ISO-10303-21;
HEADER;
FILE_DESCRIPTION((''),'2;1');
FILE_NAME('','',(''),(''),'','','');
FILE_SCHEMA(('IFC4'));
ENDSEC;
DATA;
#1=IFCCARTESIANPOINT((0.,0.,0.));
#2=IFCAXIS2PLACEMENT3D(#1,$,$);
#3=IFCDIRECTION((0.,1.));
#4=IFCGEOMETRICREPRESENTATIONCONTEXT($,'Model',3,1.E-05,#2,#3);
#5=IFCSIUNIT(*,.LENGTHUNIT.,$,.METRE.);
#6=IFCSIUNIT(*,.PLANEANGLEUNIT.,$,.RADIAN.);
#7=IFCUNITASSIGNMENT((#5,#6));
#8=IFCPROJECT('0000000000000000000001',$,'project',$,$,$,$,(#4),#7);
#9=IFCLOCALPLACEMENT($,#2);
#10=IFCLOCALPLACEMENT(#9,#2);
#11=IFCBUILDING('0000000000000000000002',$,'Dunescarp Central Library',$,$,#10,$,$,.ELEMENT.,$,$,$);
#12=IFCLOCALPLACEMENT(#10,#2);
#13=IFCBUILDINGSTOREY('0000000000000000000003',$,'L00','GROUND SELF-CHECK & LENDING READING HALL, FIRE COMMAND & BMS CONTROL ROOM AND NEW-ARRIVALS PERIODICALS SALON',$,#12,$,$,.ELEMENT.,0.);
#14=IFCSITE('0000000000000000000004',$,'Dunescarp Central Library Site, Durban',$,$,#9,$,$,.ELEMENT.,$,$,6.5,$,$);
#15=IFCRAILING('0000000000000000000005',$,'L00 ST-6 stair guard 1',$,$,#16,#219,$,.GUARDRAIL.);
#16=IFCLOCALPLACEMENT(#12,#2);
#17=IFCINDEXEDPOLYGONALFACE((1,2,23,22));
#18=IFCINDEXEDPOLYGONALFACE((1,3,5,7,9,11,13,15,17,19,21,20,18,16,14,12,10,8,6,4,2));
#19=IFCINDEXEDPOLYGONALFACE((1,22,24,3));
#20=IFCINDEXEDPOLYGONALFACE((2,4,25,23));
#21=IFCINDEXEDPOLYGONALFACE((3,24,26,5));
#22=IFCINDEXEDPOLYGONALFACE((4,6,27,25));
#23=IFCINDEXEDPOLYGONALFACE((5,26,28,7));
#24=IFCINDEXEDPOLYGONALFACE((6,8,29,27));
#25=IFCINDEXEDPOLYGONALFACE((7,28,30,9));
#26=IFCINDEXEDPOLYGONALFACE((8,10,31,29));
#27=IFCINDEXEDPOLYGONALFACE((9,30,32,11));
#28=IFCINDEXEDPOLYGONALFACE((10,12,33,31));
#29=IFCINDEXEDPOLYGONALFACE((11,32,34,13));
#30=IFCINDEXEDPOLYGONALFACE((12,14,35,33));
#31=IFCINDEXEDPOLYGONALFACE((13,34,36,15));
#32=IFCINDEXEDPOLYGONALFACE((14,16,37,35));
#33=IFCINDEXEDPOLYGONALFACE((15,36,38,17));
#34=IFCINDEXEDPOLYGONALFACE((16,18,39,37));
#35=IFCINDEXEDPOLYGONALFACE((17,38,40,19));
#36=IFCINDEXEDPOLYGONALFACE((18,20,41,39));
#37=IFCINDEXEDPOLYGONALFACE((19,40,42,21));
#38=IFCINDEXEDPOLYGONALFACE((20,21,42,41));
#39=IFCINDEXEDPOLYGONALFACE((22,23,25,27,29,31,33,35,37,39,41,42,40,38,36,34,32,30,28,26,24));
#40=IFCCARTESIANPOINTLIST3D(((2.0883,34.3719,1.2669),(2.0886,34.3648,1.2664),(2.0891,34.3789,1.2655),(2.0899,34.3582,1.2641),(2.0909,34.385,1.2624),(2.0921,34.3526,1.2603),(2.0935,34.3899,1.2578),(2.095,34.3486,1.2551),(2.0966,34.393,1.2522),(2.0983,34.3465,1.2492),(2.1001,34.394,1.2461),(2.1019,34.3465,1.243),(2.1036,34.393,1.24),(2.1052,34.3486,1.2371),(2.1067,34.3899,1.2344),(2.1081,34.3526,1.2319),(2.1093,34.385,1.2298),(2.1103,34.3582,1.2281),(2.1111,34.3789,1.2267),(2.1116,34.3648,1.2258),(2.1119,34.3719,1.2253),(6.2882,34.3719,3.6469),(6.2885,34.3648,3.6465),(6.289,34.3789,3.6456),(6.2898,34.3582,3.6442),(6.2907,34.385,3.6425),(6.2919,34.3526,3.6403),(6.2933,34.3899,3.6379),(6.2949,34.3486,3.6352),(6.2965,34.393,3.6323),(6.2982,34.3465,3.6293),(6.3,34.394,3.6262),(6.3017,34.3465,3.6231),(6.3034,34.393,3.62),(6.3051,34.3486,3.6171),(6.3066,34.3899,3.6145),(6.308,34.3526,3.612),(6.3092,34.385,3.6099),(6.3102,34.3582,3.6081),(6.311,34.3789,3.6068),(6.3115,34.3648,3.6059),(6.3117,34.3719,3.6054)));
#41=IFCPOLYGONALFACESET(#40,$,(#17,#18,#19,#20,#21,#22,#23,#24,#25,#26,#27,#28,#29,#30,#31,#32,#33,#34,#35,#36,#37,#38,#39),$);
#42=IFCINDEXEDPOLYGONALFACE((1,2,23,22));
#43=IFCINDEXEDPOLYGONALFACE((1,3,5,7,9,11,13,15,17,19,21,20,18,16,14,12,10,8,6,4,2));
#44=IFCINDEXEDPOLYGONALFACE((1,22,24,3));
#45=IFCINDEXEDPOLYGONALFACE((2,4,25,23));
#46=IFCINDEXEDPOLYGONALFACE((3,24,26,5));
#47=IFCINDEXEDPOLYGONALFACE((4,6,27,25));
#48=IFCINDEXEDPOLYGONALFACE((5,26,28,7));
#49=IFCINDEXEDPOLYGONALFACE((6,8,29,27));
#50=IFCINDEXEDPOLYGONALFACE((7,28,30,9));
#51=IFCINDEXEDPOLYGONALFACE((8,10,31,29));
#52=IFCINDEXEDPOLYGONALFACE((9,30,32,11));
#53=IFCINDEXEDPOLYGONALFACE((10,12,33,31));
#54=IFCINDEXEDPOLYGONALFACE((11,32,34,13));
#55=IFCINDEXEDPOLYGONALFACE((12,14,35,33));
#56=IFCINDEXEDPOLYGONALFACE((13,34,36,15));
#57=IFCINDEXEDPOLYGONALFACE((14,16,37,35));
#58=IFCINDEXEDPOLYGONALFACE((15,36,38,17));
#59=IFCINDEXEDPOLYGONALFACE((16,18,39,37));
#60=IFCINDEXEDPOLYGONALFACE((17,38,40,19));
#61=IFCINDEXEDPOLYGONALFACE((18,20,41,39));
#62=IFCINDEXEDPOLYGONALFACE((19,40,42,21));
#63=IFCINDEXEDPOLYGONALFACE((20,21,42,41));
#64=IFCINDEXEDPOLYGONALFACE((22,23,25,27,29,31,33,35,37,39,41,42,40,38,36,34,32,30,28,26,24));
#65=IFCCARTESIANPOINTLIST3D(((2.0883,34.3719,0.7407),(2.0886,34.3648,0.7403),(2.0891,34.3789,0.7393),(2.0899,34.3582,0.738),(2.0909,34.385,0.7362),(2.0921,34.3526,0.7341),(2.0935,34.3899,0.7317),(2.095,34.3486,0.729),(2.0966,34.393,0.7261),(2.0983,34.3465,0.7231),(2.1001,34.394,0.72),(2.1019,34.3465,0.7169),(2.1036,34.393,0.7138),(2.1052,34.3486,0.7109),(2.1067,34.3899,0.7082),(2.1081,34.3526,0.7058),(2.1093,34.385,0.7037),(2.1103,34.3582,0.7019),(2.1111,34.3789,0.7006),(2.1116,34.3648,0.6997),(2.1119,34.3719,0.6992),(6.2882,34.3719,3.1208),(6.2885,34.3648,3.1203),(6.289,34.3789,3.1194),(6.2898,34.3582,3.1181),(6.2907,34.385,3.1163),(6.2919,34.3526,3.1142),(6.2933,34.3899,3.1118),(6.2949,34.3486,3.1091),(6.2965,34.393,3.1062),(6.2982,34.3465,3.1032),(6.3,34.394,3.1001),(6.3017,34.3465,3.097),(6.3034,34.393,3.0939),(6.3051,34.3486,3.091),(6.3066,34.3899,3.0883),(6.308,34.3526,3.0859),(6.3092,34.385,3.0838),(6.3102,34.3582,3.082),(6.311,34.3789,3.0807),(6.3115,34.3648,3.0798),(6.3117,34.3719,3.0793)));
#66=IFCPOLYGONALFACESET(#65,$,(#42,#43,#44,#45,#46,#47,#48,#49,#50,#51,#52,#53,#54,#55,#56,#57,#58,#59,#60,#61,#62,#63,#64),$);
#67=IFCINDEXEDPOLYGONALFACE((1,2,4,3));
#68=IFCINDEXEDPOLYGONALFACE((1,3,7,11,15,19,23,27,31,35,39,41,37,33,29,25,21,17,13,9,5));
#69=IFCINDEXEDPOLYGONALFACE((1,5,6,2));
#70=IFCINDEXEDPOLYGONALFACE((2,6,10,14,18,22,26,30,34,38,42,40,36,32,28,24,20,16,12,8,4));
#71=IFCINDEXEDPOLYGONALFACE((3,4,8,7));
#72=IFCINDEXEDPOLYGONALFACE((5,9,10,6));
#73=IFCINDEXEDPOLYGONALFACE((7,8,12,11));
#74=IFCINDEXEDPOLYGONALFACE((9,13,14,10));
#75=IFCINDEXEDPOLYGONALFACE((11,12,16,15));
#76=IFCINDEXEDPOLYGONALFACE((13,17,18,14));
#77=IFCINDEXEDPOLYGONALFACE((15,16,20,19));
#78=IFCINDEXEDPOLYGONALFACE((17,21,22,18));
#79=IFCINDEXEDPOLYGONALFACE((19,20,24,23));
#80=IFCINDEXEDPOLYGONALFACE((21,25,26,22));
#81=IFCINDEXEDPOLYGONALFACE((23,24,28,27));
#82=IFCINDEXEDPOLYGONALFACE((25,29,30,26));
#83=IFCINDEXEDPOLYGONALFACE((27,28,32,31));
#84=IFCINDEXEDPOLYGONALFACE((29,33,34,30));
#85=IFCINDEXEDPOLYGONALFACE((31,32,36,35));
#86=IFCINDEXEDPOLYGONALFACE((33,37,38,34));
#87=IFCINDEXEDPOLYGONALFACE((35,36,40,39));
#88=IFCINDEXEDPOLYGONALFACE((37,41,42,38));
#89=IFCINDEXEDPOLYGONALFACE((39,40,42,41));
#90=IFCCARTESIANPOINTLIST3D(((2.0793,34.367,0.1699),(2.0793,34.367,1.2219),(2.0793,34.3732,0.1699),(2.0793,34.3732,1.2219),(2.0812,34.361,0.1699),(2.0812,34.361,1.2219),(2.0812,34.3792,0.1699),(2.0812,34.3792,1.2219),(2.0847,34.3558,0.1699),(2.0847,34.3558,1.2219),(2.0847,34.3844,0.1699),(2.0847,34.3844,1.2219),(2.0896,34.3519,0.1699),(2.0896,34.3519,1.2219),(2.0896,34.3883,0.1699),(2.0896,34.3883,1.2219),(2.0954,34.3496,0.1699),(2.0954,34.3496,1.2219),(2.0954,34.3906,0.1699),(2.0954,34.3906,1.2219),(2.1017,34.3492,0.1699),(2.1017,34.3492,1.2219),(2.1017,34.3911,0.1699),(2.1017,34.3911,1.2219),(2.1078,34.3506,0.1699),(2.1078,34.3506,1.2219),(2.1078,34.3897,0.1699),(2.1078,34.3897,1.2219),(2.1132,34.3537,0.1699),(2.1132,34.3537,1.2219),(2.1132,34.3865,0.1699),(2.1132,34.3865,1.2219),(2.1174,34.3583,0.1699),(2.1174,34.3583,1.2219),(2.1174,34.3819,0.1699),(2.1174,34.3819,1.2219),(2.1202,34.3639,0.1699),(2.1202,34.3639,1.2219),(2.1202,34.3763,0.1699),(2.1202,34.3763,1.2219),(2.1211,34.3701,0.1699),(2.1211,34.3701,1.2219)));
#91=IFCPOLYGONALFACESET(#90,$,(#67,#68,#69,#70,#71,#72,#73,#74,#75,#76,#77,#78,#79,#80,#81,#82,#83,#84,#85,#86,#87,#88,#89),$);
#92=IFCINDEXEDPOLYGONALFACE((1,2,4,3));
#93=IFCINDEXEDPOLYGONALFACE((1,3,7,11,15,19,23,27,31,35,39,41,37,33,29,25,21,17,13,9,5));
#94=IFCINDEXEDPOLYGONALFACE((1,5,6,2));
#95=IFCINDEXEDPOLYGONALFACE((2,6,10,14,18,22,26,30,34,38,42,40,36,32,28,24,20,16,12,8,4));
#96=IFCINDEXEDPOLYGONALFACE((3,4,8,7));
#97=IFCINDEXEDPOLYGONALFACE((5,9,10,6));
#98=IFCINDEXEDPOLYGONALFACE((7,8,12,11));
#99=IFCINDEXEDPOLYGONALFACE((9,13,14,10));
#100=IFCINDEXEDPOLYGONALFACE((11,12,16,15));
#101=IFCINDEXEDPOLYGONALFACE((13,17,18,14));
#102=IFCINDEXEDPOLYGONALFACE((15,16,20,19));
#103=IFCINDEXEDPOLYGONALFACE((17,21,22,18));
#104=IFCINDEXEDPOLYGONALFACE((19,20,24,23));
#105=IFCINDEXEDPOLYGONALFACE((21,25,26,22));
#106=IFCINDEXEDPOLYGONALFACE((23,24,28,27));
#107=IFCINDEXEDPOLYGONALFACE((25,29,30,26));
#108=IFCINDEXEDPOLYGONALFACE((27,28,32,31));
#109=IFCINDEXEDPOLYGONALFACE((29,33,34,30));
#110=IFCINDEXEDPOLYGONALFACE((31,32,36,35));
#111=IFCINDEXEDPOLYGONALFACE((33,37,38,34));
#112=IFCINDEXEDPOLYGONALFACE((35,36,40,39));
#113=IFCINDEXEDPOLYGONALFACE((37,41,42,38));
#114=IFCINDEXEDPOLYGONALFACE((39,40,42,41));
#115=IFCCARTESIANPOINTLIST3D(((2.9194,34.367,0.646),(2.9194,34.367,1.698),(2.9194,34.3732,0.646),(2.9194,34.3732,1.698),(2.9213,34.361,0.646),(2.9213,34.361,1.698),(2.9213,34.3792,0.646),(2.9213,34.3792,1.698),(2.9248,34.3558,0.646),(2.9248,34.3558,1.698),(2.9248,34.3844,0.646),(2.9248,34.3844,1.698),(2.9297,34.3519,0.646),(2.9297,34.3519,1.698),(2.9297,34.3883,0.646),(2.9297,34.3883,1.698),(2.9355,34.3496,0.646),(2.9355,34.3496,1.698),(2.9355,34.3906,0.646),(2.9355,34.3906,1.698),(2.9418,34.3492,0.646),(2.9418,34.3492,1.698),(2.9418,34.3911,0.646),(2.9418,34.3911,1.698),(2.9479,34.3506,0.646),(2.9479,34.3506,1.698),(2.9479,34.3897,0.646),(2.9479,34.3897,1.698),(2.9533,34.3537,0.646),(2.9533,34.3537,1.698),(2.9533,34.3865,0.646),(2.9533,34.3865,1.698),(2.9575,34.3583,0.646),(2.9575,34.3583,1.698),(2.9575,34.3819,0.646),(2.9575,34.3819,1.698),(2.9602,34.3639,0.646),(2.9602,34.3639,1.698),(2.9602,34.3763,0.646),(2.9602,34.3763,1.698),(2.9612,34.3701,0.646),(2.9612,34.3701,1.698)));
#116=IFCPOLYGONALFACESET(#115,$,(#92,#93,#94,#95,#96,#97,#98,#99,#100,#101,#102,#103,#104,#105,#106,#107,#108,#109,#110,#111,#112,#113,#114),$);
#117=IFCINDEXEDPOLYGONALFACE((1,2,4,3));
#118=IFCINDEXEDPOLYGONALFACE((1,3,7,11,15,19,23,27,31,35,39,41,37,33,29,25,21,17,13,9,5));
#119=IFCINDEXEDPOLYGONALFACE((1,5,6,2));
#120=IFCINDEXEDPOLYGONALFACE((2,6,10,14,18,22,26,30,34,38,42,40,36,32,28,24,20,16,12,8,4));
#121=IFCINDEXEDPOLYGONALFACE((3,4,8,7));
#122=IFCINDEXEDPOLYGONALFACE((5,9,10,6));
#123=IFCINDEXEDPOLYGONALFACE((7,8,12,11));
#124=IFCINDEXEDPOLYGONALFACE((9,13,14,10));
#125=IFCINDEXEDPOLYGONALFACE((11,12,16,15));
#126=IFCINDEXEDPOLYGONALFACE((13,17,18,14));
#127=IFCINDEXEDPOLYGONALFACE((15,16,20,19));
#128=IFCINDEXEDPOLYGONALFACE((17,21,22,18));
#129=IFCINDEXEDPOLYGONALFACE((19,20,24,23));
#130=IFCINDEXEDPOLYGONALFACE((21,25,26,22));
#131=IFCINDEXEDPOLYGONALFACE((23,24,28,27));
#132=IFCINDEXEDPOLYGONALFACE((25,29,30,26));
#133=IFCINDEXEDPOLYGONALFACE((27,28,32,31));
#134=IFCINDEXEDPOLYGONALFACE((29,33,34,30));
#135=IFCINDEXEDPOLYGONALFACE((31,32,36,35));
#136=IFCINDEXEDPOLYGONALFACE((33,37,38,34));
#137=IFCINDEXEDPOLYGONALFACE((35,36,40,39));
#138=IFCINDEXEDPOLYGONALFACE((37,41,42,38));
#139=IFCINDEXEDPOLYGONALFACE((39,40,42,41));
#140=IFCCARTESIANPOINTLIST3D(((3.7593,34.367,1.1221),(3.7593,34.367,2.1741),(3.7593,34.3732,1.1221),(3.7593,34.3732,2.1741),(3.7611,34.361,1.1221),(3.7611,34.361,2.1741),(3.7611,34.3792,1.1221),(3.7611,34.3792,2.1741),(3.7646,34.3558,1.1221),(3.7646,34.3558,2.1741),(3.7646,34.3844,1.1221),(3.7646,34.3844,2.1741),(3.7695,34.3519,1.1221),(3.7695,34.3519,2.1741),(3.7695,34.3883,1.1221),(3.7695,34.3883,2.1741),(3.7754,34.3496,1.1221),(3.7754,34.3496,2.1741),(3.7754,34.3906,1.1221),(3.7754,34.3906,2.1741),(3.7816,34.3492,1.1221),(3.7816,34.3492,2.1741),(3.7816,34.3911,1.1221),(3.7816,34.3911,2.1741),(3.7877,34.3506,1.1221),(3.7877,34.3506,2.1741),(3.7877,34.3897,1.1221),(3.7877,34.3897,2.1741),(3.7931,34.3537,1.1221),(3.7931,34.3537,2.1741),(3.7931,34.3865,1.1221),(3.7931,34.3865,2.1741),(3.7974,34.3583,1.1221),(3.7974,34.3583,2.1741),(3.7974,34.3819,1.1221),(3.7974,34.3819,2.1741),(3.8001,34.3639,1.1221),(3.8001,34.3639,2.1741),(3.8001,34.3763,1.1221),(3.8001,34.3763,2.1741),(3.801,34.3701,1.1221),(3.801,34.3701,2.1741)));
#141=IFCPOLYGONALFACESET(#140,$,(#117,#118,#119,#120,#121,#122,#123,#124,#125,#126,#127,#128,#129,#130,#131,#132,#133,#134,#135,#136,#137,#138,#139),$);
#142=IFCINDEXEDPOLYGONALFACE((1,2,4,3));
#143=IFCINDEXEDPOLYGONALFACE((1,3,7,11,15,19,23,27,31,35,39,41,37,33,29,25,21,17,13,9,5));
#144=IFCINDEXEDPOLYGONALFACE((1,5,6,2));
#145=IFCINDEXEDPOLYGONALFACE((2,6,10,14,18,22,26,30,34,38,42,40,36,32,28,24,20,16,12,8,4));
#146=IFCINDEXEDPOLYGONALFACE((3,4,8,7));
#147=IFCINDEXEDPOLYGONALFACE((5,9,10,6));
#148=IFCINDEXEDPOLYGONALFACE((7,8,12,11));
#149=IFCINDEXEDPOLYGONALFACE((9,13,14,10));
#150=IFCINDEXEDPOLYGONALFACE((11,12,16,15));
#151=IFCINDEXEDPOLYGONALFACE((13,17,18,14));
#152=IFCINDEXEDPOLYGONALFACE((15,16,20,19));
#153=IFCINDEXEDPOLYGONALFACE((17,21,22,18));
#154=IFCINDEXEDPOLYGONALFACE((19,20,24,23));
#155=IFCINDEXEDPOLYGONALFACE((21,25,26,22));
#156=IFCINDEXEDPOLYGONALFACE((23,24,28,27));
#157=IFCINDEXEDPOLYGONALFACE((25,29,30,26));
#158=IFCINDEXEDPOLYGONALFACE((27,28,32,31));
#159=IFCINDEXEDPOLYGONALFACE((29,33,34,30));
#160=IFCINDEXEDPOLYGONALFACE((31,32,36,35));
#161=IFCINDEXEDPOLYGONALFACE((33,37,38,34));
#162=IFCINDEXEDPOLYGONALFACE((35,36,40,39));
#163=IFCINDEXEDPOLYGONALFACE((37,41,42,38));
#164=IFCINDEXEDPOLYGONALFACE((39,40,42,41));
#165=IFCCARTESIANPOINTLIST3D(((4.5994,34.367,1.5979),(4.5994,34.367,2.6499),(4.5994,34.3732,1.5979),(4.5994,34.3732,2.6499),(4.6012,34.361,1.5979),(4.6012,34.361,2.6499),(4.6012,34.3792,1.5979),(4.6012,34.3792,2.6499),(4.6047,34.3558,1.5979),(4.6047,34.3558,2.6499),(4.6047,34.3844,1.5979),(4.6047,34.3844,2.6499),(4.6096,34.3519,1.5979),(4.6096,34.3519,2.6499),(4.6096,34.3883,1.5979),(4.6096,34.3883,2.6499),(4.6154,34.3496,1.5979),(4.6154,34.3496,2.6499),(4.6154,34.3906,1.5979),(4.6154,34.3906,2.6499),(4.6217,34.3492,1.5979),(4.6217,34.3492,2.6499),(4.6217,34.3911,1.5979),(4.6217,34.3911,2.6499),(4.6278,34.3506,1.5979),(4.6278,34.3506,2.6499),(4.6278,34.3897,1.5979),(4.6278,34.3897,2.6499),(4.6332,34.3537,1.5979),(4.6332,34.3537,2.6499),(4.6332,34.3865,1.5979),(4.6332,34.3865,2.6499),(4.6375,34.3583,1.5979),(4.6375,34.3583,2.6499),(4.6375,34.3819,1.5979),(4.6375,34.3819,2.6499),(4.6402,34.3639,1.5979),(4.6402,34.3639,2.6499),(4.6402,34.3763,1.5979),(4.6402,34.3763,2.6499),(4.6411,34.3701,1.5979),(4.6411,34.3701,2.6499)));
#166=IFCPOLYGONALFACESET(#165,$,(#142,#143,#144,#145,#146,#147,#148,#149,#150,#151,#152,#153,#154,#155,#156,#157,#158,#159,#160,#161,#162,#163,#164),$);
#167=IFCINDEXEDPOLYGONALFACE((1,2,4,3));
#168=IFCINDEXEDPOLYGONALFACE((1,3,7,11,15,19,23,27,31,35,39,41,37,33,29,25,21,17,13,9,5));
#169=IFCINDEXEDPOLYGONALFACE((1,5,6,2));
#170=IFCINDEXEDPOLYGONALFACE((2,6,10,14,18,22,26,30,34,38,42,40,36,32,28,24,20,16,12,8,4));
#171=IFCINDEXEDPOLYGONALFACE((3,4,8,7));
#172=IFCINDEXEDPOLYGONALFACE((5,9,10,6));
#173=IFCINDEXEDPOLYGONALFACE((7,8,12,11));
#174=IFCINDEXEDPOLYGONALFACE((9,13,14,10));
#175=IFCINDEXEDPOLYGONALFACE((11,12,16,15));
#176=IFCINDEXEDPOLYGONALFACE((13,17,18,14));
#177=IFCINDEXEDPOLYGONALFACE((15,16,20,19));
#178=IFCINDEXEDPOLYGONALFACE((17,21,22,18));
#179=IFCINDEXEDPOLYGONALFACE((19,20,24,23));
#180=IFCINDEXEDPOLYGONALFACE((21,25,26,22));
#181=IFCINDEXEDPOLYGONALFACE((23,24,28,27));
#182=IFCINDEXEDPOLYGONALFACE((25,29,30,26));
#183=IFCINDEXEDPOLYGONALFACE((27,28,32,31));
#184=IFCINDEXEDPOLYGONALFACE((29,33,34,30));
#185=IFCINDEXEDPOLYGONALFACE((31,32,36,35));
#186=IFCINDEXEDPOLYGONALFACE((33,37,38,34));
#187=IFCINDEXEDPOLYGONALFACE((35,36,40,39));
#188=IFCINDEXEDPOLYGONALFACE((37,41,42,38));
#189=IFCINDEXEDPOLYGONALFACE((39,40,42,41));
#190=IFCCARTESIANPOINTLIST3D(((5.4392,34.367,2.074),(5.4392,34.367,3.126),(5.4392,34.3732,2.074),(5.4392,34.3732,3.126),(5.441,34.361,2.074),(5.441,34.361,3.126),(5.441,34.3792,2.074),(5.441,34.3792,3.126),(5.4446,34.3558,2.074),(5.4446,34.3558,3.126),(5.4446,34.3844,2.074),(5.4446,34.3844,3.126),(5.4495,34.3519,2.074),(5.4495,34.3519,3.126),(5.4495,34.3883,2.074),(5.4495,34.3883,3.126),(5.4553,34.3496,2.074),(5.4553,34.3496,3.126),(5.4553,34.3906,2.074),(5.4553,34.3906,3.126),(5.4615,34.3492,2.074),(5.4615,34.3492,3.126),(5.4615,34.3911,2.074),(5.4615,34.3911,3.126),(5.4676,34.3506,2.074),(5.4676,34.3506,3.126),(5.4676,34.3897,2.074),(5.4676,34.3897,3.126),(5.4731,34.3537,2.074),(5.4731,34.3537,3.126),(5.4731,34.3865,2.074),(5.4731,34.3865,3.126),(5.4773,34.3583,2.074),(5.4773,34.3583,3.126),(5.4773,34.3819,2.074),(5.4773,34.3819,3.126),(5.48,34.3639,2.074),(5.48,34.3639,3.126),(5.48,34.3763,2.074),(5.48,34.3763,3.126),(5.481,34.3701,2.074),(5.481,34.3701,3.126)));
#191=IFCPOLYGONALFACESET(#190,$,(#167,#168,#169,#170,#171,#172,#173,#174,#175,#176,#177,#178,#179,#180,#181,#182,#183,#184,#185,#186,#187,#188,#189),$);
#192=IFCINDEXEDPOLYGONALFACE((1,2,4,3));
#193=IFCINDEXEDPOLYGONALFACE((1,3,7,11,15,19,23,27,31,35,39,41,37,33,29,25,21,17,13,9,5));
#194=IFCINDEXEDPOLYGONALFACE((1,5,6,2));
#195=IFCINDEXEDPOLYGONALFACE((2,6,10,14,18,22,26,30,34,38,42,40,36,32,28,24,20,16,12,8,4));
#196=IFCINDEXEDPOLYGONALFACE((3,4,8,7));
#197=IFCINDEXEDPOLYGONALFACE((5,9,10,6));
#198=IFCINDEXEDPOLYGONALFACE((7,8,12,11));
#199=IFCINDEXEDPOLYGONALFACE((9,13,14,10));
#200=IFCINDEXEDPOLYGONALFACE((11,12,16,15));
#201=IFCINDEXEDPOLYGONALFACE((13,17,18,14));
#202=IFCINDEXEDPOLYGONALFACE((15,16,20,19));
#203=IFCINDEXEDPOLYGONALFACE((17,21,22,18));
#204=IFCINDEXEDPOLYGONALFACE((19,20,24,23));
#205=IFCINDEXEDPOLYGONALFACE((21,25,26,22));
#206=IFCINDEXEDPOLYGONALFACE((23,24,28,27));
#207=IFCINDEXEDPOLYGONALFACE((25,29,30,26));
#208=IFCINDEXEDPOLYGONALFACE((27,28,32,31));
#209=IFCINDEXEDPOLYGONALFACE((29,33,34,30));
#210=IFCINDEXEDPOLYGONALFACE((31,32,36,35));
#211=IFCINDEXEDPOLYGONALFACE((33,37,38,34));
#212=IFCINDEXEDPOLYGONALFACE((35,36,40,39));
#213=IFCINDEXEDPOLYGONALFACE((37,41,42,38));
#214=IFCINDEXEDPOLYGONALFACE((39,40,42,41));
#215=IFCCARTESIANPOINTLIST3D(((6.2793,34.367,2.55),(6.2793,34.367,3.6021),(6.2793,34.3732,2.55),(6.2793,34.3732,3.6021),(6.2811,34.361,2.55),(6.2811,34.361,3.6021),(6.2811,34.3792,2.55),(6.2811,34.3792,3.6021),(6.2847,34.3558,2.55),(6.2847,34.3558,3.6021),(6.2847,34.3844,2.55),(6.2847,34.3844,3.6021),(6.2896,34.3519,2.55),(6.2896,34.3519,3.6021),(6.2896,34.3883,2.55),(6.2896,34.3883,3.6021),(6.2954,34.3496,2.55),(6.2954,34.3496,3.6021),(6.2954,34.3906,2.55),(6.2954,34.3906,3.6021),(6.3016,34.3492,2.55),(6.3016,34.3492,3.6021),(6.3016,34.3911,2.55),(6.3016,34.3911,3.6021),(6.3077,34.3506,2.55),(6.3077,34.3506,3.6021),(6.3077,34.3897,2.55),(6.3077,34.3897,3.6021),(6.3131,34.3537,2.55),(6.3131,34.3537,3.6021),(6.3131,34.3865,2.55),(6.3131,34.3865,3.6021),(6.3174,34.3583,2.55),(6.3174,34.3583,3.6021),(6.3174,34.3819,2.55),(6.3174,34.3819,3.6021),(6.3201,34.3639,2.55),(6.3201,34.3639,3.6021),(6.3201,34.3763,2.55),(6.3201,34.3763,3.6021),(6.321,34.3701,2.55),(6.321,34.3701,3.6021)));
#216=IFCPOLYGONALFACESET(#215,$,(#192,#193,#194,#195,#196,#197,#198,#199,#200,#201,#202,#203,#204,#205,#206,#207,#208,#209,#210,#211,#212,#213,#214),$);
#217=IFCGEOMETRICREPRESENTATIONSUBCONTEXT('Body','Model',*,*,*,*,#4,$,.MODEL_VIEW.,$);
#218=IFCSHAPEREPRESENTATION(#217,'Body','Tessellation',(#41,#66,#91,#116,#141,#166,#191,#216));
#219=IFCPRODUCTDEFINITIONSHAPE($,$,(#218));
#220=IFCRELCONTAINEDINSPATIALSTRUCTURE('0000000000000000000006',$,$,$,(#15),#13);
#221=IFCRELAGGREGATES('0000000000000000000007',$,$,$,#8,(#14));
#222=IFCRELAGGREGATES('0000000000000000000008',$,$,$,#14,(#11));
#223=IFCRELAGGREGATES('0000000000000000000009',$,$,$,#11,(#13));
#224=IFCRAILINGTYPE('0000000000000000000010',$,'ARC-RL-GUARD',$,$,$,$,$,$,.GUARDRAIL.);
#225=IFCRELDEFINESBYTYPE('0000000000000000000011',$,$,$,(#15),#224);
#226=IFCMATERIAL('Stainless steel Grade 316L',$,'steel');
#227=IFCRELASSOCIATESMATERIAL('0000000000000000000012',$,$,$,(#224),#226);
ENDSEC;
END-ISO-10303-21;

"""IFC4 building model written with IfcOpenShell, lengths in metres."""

from ifc_helpers import new_model, si_unit, direction, frame, origin, origin_2d, place, context, subcontext, project, spatial, circle, extrude, material, type_object, element, save


model = new_model("IFC4")

# Units and contexts
model_context = context("Model", 3, precision=1e-05, world=origin(), true_north=direction((0.0, 1.0)))
body_context = subcontext(model_context, "Body", "Model", "MODEL_VIEW")
ifc_project = project(units=[si_unit("LENGTHUNIT", "METRE"), si_unit("PLANEANGLEUNIT", "RADIAN")], contexts=[model_context])

# Site, building, storey
site_placement = place(None, origin())
site = spatial("IfcSite", under=ifc_project, at=site_placement, Name="Dunescarp Central Library Site, Durban", CompositionType="ELEMENT", RefElevation=6.5)
building_placement = place(site_placement, origin())
building = spatial("IfcBuilding", under=site, at=building_placement, Name="Dunescarp Central Library", CompositionType="ELEMENT")
storey_placement = place(building_placement, origin())
storey = spatial("IfcBuildingStorey", under=building, at=storey_placement, Name="L00", Description="GROUND SELF-CHECK & LENDING READING HALL, FIRE COMMAND & BMS CONTROL ROOM AND NEW-ARRIVALS PERIODICALS SALON", CompositionType="ELEMENT", Elevation=0.0)

# Railing
ifc_material_1 = material(Name="Stainless steel Grade 316L", Category="steel")
railing_type_1 = type_object("IfcRailingType", Name="ARC-RL-GUARD", PredefinedType="GUARDRAIL", material=ifc_material_1)
railing_1_placement = place(storey_placement, frame((2.1001, 34.3701, 0.1699)))
element("IfcRailing", 1, at=railing_1_placement, inside=storey, type_object=railing_type_1, Name="L00 ST-6 stair guard 1", PredefinedType="GUARDRAIL", context=body_context, shape_type="SweptSolid", body=[
    extrude(circle(Radius=0.0239, at=origin_2d()), frame((0.0, 0.0, 1.0762), z_axis=(0.870008, 0.0, 0.493037), x_axis=(0.0, 1.0, 0.0)), (0.0, 0.0, 1.0), 4.8274),
    extrude(circle(Radius=0.0239, at=origin_2d()), frame((0.0, 0.0, 0.55), z_axis=(0.870008, 0.0, 0.493037), x_axis=(0.0, 1.0, 0.0)), (0.0, 0.0, 1.0), 4.8274),
    extrude(circle(Radius=0.021, at=origin_2d()), origin(), (0.0, 0.0, 1.0), 1.052),
    extrude(circle(Radius=0.021, at=origin_2d()), frame((0.8401, 0.0, 0.4761)), (0.0, 0.0, 1.0), 1.052),
    extrude(circle(Radius=0.021, at=origin_2d()), frame((1.6799, 0.0, 0.9521)), (0.0, 0.0, 1.0), 1.052),
    extrude(circle(Radius=0.021, at=origin_2d()), frame((2.52, 0.0, 1.428)), (0.0, 0.0, 1.0), 1.052),
    extrude(circle(Radius=0.021, at=origin_2d()), frame((3.3599, 0.0, 1.9041)), (0.0, 0.0, 1.0), 1.052),
    extrude(circle(Radius=0.021, at=origin_2d()), frame((4.2, 0.0, 2.3801)), (0.0, 0.0, 1.0), 1.052),
])

save(model, "model.ifc")
